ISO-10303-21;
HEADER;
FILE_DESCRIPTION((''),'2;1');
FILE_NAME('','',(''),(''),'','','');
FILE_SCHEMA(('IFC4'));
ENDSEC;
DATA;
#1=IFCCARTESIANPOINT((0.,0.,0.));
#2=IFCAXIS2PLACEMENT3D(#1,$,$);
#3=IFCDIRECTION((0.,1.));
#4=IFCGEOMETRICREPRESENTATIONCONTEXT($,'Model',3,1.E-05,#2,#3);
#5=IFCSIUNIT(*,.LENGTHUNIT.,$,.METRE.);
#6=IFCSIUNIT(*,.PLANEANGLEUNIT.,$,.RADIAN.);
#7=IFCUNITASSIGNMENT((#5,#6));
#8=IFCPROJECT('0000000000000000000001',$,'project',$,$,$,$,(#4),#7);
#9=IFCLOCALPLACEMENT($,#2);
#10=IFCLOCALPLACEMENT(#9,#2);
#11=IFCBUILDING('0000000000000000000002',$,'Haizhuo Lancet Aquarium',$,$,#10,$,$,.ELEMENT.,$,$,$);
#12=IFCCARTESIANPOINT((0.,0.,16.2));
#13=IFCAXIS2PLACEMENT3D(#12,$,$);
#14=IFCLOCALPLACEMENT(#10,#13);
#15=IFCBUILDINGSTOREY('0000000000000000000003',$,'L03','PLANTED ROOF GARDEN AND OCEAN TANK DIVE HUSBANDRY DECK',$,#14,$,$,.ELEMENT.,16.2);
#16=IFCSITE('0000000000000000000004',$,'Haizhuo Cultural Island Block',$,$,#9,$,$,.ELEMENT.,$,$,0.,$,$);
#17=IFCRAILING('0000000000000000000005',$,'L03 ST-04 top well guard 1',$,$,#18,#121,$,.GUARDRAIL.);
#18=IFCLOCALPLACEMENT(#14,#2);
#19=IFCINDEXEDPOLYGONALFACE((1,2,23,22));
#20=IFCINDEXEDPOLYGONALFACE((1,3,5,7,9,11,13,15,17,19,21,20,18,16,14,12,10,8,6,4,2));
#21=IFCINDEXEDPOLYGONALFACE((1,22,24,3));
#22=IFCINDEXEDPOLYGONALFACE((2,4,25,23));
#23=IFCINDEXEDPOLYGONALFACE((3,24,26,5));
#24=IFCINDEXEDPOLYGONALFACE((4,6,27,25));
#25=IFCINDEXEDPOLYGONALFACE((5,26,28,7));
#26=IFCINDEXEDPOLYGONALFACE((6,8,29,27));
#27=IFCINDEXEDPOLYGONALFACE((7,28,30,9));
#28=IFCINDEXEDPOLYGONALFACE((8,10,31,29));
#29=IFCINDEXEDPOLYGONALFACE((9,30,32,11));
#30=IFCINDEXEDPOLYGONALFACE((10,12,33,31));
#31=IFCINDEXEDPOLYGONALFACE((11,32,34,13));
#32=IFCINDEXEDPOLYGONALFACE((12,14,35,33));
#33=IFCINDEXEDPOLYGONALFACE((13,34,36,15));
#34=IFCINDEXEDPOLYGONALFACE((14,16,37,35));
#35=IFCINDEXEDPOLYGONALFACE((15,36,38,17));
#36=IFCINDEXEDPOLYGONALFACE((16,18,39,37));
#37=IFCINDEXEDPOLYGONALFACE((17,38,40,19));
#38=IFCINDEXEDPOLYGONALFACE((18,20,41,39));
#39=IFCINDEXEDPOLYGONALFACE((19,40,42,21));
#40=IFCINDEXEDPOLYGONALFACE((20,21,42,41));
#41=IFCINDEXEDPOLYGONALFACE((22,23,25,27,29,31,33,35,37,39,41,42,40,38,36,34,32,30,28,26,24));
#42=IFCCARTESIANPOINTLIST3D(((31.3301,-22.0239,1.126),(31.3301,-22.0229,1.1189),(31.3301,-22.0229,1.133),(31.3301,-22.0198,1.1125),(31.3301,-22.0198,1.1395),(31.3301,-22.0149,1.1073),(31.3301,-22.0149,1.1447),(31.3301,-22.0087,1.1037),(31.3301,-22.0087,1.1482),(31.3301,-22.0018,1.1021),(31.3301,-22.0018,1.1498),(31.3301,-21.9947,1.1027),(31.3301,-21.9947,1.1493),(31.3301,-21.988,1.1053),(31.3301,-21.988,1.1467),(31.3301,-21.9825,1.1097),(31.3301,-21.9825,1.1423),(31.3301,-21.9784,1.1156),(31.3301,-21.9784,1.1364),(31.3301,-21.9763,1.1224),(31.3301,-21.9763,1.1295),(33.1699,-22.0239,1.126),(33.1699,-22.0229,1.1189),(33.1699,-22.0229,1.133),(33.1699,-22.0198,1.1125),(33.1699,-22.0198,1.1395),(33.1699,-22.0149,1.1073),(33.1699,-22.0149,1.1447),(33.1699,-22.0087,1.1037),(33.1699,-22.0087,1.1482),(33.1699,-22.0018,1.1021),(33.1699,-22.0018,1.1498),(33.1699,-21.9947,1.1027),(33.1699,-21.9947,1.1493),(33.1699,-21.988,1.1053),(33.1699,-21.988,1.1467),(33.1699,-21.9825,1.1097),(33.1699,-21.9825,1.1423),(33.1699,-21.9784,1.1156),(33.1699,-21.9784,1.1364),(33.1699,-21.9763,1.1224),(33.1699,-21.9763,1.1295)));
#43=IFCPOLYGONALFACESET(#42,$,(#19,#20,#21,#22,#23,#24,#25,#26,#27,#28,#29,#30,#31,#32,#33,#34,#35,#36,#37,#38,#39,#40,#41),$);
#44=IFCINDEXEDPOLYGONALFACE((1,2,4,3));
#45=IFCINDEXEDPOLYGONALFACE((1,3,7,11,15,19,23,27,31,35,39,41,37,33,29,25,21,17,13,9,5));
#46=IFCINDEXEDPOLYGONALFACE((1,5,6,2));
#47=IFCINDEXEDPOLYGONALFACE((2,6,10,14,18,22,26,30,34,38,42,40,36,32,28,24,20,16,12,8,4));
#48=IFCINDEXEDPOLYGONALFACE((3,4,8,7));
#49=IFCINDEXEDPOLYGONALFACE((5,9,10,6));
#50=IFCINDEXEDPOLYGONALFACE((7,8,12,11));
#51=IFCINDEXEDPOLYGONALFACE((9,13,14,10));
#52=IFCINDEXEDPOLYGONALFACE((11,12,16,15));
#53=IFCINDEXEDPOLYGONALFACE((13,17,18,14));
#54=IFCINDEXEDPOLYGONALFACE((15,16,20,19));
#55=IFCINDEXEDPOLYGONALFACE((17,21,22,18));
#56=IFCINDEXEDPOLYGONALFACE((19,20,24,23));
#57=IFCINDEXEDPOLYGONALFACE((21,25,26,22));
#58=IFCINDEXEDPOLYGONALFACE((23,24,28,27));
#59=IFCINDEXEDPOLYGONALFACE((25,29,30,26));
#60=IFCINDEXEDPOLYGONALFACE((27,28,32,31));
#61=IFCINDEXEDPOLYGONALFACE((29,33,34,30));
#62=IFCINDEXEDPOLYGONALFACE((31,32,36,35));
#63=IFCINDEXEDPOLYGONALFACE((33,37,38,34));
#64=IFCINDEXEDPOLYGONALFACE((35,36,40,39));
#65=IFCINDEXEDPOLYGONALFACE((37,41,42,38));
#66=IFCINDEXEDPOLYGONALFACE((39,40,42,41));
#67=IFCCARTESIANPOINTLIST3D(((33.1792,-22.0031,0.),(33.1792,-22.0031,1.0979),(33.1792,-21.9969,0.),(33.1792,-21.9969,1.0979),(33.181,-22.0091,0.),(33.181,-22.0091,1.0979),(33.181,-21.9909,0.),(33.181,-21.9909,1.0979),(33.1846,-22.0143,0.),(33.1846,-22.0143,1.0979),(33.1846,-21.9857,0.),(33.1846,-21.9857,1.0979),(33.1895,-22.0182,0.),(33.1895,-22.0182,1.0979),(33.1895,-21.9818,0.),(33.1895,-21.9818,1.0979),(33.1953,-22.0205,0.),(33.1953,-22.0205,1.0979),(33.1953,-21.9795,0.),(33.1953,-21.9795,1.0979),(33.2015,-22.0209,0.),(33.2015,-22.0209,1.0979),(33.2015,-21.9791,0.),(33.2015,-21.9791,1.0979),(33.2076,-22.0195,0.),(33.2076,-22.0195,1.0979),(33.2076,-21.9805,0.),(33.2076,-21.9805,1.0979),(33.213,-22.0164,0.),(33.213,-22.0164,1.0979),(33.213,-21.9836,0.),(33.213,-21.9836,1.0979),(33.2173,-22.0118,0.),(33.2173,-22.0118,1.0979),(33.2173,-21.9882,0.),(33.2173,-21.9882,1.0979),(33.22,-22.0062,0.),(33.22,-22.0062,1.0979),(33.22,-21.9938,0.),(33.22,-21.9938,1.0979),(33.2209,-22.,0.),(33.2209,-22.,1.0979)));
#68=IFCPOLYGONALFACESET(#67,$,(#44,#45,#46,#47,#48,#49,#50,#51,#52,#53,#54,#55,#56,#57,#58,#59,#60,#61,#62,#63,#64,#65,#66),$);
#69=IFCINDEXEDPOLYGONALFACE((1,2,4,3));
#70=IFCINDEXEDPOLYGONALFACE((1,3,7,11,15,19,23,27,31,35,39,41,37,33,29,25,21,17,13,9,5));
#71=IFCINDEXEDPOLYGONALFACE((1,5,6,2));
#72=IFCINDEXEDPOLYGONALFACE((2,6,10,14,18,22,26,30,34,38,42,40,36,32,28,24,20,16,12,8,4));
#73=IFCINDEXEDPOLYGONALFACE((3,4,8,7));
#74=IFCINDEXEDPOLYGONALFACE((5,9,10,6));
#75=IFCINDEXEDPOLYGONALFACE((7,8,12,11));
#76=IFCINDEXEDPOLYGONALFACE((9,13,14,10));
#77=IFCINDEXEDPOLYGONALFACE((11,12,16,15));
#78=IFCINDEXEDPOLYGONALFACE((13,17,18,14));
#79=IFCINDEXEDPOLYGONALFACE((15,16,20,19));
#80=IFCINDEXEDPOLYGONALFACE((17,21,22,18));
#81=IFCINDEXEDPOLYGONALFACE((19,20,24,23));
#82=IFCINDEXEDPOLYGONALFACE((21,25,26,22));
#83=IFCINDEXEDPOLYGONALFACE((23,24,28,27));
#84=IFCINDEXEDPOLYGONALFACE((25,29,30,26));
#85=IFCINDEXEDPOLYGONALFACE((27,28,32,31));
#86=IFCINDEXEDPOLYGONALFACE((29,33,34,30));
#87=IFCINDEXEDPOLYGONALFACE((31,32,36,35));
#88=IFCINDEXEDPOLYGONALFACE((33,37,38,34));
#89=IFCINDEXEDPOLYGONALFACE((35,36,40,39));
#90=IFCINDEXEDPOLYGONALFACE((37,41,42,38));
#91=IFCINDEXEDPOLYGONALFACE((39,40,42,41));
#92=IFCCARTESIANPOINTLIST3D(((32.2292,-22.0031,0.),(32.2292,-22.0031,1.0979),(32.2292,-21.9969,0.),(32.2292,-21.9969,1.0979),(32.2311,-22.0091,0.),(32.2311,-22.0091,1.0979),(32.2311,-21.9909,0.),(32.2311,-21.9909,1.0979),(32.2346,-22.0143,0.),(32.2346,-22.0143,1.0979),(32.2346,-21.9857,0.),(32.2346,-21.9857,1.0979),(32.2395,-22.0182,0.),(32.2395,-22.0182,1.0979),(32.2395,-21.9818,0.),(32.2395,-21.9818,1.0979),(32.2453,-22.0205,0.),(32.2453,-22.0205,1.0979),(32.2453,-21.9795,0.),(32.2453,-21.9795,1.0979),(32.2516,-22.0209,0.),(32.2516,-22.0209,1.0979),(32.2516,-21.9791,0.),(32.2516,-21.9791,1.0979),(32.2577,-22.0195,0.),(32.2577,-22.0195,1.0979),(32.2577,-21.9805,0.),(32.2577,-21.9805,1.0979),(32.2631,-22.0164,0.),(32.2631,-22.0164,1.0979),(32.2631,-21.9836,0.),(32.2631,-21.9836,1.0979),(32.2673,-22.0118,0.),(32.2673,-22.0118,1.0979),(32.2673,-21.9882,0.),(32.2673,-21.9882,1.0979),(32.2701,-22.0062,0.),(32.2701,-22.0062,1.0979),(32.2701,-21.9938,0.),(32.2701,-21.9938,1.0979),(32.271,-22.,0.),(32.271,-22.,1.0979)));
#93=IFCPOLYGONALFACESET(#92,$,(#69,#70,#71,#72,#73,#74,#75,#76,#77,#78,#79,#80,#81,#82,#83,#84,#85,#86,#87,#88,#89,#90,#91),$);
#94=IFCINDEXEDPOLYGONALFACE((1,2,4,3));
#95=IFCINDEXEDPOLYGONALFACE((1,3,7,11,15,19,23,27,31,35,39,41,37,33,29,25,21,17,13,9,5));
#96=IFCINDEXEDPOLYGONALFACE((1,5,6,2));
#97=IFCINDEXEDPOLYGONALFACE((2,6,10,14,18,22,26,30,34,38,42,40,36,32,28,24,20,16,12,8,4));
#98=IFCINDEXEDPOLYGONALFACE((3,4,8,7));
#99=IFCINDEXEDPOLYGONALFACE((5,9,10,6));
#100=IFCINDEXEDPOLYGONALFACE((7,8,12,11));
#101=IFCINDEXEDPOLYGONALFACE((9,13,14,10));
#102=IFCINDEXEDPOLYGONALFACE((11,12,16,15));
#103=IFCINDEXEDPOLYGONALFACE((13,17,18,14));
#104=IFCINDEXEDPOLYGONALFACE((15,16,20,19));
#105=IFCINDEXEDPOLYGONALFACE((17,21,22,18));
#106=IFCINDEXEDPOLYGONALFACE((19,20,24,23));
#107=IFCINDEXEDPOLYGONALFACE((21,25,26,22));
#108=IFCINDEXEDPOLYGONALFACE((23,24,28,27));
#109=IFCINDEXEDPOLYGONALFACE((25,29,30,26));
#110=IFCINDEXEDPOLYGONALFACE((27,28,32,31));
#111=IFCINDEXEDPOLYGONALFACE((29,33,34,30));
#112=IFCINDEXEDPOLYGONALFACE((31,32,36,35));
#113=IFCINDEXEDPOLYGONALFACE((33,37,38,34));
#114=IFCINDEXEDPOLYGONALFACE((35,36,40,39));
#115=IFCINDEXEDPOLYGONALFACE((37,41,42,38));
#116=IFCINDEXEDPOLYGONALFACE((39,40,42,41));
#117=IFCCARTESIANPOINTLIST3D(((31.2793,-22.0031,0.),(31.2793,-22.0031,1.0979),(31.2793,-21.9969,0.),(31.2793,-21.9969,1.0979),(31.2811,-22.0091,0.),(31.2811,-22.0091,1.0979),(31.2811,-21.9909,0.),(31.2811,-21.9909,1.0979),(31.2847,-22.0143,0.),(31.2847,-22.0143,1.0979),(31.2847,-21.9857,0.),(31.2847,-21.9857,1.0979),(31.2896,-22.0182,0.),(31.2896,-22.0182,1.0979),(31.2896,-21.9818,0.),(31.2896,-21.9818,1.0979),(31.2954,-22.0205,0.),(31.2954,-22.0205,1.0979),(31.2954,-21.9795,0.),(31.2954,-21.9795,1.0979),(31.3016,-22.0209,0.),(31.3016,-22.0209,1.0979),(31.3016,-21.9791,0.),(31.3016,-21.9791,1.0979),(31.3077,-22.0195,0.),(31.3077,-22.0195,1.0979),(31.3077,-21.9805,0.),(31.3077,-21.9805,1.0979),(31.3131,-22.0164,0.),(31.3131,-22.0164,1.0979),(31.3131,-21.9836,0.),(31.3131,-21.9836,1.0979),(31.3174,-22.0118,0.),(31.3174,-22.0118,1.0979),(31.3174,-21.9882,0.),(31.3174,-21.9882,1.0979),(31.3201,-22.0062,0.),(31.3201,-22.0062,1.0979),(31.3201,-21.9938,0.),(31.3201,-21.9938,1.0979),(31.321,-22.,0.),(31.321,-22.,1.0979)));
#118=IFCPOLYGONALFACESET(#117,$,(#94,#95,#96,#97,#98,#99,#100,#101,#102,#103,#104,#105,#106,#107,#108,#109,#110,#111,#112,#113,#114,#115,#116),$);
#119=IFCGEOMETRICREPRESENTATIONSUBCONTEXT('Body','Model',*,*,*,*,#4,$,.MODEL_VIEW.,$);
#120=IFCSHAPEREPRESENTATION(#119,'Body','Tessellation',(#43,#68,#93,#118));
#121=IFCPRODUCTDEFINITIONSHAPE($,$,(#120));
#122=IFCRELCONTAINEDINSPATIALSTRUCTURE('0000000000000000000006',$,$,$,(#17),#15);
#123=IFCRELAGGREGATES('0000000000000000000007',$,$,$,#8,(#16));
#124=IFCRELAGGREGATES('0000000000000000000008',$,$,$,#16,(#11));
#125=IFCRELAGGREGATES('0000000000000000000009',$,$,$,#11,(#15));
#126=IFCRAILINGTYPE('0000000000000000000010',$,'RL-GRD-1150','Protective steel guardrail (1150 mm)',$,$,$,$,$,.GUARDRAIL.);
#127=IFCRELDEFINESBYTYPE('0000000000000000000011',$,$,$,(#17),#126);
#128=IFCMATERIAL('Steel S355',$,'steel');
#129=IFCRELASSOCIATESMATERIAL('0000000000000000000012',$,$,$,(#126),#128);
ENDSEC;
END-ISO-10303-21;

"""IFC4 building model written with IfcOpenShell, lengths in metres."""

from ifc_helpers import new_model, si_unit, direction, frame, origin, origin_2d, place, context, subcontext, project, spatial, circle, extrude, material, type_object, element, save


model = new_model("IFC4")

# Units and contexts
model_context = context("Model", 3, precision=1e-05, world=origin(), true_north=direction((0.0, 1.0)))
body_context = subcontext(model_context, "Body", "Model", "MODEL_VIEW")
ifc_project = project(units=[si_unit("LENGTHUNIT", "METRE"), si_unit("PLANEANGLEUNIT", "RADIAN")], contexts=[model_context])

# Site, building, storey
site_placement = place(None, origin())
site = spatial("IfcSite", under=ifc_project, at=site_placement, Name="Haizhuo Cultural Island Block", CompositionType="ELEMENT", RefElevation=0.0)
building_placement = place(site_placement, origin())
building = spatial("IfcBuilding", under=site, at=building_placement, Name="Haizhuo Lancet Aquarium", CompositionType="ELEMENT")
storey_placement = place(building_placement, frame((0.0, 0.0, 16.2)))
storey = spatial("IfcBuildingStorey", under=building, at=storey_placement, Name="L03", Description="PLANTED ROOF GARDEN AND OCEAN TANK DIVE HUSBANDRY DECK", CompositionType="ELEMENT", Elevation=16.2)

# Shared definitions
ifc_material_1 = material(Name="Steel S355", Category="steel")

# Railing
railing_type = type_object("IfcRailingType", Name="RL-GRD-1150", Description="Protective steel guardrail (1150 mm)", PredefinedType="GUARDRAIL", material=ifc_material_1)
railing_placement = place(storey_placement, frame((33.2, -22.0, 0.0)))
element("IfcRailing", 1, at=railing_placement, inside=storey, type_object=railing_type, Name="L03 ST-04 top well guard 1", PredefinedType="GUARDRAIL", context=body_context, shape_type="SweptSolid", body=[
    extrude(circle(Radius=0.0239, at=origin_2d()), frame((-0.03, 0.0, 1.126), z_axis=(-1.0, 0.0, 0.0), x_axis=(0.0, -1.0, 0.0)), (0.0, 0.0, 1.0), 1.8398),
    extrude(circle(Radius=0.021, at=origin_2d()), origin(), (0.0, 0.0, 1.0), 1.0979),
    extrude(circle(Radius=0.021, at=origin_2d()), frame((-0.95, 0.0, 0.0)), (0.0, 0.0, 1.0), 1.0979),
    extrude(circle(Radius=0.021, at=origin_2d()), frame((-1.8999, 0.0, 0.0)), (0.0, 0.0, 1.0), 1.0979),
])

save(model, "model.ifc")
